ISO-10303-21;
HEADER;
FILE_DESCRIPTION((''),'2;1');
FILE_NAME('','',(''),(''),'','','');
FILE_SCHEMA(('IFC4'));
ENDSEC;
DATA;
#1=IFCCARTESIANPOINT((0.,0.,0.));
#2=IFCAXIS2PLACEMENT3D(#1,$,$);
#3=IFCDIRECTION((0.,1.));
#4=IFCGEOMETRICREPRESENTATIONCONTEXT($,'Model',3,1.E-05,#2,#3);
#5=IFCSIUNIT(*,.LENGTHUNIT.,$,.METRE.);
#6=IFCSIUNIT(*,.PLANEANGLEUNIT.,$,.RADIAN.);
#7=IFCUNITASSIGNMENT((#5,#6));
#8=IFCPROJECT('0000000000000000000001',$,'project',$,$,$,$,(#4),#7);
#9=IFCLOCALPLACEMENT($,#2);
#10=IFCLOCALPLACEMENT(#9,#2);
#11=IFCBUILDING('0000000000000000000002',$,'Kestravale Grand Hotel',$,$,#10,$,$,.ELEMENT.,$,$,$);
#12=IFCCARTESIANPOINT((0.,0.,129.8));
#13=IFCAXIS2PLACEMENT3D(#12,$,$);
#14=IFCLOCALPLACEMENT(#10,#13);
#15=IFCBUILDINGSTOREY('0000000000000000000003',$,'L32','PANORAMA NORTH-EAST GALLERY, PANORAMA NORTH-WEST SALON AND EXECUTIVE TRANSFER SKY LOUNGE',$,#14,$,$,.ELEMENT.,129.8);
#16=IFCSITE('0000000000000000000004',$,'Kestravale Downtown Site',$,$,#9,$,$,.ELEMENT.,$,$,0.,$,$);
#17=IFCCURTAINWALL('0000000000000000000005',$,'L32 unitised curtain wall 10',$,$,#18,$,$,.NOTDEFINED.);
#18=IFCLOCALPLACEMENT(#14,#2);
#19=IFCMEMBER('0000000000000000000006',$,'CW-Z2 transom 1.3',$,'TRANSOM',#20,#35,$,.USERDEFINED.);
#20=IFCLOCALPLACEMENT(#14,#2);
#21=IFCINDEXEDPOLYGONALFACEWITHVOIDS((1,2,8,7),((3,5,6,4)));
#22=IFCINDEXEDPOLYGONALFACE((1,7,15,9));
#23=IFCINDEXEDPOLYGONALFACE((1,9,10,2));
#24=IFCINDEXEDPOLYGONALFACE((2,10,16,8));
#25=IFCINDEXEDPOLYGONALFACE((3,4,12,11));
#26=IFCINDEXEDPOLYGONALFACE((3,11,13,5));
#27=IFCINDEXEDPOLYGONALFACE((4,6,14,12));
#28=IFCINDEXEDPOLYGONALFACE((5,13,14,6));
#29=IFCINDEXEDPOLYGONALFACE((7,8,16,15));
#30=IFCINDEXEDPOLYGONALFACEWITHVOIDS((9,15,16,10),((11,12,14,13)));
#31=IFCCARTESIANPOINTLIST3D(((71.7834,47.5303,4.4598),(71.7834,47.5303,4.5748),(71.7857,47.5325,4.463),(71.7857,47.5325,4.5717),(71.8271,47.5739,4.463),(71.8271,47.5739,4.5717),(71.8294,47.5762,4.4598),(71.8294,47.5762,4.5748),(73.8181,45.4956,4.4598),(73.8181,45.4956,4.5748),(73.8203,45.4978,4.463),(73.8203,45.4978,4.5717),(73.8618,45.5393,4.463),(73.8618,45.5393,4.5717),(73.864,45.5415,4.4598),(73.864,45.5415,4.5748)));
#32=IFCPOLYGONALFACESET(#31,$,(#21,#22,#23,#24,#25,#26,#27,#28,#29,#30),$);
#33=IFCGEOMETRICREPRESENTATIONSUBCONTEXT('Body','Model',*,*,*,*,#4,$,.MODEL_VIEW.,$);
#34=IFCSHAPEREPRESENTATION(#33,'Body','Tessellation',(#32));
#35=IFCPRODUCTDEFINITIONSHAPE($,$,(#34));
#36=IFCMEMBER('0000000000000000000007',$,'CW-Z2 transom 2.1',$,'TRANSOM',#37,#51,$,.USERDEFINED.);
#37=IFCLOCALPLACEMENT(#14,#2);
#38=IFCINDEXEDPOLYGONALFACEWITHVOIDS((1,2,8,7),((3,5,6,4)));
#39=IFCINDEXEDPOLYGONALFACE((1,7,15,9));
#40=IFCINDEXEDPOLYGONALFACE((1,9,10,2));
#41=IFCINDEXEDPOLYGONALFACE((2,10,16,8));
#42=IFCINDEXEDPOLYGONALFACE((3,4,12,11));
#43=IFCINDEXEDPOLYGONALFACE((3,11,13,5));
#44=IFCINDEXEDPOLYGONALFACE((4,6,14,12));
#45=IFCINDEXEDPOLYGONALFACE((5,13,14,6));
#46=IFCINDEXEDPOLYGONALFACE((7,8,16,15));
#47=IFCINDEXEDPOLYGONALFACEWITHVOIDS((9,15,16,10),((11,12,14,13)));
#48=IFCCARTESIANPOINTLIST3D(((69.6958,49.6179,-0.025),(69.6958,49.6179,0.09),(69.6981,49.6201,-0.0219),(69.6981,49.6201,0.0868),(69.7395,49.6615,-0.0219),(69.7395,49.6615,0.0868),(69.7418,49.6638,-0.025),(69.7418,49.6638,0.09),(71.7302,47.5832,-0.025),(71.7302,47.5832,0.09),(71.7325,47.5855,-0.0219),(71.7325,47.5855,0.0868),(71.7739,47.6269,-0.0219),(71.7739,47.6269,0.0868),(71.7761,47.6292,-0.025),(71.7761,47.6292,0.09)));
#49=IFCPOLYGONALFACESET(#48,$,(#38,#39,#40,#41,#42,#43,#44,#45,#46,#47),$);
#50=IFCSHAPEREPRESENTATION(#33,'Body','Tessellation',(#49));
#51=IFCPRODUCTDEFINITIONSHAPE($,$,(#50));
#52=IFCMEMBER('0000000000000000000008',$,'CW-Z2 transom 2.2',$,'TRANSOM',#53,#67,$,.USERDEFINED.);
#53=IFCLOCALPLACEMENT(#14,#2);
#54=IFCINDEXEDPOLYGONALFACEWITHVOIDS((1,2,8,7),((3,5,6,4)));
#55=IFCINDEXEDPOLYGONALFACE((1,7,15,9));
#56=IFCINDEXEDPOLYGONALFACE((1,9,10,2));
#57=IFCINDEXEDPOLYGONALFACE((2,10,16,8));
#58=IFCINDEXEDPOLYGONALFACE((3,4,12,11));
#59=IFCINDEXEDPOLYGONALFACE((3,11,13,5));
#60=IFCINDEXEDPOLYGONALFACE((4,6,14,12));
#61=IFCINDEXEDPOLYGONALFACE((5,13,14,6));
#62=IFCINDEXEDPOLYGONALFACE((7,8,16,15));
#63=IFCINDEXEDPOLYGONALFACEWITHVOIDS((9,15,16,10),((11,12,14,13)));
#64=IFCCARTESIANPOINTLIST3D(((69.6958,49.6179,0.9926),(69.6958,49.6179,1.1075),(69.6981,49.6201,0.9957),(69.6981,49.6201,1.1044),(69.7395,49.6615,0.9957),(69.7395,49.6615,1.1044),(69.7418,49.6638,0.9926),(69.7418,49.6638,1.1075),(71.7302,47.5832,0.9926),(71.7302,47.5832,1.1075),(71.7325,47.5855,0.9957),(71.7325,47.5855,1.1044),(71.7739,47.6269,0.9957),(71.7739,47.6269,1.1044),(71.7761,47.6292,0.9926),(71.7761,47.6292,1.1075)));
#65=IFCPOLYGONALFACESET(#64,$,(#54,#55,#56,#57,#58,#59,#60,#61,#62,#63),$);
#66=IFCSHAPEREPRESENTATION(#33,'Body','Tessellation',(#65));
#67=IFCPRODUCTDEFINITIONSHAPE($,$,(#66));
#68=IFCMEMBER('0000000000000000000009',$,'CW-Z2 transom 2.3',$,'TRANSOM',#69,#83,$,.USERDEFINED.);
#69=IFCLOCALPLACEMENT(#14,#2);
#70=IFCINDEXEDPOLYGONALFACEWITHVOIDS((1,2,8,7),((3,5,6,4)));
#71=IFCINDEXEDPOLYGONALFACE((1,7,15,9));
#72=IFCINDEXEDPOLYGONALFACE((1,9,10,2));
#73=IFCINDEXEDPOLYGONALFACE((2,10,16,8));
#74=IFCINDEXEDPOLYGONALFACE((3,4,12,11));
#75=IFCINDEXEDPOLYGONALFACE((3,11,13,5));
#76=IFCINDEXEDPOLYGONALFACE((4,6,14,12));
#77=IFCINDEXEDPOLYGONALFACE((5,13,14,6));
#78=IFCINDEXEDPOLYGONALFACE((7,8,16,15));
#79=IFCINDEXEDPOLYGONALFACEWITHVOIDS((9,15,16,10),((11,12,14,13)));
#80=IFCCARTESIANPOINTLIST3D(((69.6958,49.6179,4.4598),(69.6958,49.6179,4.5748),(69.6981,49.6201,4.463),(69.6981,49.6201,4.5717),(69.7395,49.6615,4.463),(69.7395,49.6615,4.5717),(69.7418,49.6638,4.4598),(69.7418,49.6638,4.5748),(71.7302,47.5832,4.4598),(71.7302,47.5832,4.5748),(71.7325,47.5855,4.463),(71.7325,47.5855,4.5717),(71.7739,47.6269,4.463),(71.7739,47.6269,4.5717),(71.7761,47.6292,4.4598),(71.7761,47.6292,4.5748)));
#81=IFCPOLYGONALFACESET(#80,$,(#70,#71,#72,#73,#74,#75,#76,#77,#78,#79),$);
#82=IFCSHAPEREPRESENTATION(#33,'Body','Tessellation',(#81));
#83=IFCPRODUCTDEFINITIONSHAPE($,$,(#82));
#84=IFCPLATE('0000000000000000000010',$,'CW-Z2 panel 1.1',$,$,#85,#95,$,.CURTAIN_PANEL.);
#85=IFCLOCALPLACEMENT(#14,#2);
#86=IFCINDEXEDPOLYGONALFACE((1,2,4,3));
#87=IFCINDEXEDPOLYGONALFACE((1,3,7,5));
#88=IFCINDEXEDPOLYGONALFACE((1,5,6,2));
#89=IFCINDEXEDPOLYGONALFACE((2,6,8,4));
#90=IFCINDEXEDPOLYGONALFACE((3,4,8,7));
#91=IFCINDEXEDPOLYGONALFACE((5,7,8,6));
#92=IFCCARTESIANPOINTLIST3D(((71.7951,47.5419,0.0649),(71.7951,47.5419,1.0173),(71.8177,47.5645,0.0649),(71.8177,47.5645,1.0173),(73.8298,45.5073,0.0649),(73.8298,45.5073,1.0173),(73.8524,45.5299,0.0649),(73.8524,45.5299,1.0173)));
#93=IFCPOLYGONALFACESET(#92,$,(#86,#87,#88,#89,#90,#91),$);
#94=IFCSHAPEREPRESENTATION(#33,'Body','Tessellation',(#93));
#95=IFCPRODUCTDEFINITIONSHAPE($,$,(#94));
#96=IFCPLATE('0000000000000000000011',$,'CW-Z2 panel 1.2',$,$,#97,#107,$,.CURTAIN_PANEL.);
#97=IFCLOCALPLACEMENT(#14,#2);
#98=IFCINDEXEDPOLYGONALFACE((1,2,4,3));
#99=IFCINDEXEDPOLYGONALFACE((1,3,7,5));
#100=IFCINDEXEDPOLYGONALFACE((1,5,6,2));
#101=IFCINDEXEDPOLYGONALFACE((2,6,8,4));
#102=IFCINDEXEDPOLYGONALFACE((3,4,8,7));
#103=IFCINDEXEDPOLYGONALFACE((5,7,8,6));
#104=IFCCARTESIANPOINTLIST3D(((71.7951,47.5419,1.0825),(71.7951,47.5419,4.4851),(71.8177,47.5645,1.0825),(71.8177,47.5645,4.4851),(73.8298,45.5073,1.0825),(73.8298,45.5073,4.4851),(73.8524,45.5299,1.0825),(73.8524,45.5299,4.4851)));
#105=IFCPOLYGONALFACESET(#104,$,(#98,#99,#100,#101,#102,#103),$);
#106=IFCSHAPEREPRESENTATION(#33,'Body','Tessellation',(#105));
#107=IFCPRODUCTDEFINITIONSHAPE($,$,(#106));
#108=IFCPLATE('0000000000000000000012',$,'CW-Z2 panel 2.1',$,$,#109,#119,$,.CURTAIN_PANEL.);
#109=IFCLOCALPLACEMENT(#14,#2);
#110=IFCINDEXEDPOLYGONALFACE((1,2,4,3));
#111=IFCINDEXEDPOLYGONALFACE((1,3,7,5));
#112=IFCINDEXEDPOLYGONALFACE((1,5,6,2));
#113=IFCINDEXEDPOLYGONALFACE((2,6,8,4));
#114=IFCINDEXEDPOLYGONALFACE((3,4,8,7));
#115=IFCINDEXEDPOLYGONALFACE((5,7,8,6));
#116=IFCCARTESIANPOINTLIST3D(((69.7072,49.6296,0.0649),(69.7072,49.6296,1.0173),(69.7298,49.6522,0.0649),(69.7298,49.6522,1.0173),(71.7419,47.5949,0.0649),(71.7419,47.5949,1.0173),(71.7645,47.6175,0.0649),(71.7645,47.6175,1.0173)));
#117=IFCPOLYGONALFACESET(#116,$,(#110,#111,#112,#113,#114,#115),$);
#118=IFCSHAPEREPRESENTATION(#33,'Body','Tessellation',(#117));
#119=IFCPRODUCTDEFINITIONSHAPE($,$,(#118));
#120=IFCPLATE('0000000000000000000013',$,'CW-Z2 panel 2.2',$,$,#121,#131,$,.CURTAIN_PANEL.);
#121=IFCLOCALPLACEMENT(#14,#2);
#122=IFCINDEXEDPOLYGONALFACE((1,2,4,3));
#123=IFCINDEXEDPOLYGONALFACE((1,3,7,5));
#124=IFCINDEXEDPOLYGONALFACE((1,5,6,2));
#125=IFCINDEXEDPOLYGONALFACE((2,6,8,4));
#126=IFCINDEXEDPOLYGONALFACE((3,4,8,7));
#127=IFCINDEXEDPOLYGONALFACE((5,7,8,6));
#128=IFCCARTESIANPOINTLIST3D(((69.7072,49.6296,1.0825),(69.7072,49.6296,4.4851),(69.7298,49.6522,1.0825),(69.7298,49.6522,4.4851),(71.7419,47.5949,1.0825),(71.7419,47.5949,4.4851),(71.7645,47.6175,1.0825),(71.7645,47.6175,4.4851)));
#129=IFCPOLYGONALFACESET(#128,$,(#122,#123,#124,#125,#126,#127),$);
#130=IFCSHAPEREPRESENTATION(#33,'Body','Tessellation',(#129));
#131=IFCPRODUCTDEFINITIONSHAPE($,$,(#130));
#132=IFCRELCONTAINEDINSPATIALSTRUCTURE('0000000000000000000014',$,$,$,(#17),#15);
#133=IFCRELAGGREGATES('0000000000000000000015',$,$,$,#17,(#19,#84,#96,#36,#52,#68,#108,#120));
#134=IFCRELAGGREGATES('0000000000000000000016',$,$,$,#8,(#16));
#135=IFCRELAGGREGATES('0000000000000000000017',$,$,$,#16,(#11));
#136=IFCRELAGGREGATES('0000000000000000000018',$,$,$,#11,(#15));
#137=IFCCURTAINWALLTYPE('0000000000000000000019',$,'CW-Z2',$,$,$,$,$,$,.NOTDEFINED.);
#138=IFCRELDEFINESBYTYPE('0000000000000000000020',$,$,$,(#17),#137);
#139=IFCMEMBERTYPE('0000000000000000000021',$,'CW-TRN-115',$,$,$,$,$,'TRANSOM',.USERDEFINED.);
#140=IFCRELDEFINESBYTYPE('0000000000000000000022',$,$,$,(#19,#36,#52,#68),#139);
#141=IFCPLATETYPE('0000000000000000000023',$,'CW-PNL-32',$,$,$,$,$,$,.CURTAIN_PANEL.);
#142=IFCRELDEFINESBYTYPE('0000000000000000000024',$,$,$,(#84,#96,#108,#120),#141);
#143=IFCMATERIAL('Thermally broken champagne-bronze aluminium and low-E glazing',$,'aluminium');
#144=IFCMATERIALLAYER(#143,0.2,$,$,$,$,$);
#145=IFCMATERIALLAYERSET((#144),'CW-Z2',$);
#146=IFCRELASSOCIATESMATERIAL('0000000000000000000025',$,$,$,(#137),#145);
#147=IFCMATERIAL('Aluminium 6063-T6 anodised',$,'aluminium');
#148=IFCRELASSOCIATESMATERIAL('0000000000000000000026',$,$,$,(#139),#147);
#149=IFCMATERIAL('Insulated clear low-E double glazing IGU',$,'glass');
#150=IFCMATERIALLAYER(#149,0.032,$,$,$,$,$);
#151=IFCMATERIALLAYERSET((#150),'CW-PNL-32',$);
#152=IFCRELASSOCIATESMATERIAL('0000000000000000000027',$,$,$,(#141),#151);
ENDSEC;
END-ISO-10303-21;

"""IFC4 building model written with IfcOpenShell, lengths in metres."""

from ifc_helpers import new_model, si_unit, direction, frame, origin, origin_2d, place, context, subcontext, project, spatial, rectangle, hollow_rectangle, extrude, material, layer, layer_set, material_profile, profile_set, type_object, element, aggregate, save


model = new_model("IFC4")

# Units and contexts
model_context = context("Model", 3, precision=1e-05, world=origin(), true_north=direction((0.0, 1.0)))
body_context = subcontext(model_context, "Body", "Model", "MODEL_VIEW")
ifc_project = project(units=[si_unit("LENGTHUNIT", "METRE"), si_unit("PLANEANGLEUNIT", "RADIAN")], contexts=[model_context])

# Site, building, storey
site_placement = place(None, origin())
site = spatial("IfcSite", under=ifc_project, at=site_placement, Name="Kestravale Downtown Site", CompositionType="ELEMENT", RefElevation=0.0)
building_placement = place(site_placement, origin())
building = spatial("IfcBuilding", under=site, at=building_placement, Name="Kestravale Grand Hotel", CompositionType="ELEMENT")
storey_placement = place(building_placement, frame((0.0, 0.0, 129.8)))
storey = spatial("IfcBuildingStorey", under=building, at=storey_placement, Name="L32", Description="PANORAMA NORTH-EAST GALLERY, PANORAMA NORTH-WEST SALON AND EXECUTIVE TRANSFER SKY LOUNGE", CompositionType="ELEMENT", Elevation=129.8)

# Curtain wall, members, plates
ifc_material_1 = material(Name="Thermally broken champagne-bronze aluminium and low-E glazing", Category="aluminium")
ifc_layer_1 = layer(ifc_material_1, 0.2)
ifc_layer_set_1 = layer_set([ifc_layer_1], Name="CW-Z2")
curtain_wall_type = type_object("IfcCurtainWallType", Name="CW-Z2", PredefinedType="NOTDEFINED", material=ifc_layer_set_1)
curtain_wall_placement = place(storey_placement, origin())
curtain_wall = element("IfcCurtainWall", 1, at=curtain_wall_placement, inside=storey, type_object=curtain_wall_type, Name="L32 unitised curtain wall 10", PredefinedType="NOTDEFINED")
ifc_material_2 = material(Name="Aluminium 6063-T6 anodised", Category="aluminium")
ifc_material_profile_1 = material_profile(ifc_material_2, hollow_rectangle(XDim=0.0649, YDim=0.115, WallThickness=0.0032, at=origin_2d()))
ifc_profile_set_1 = profile_set([ifc_material_profile_1], Name="Aluminium 6063-T6 anodised")
member_type_1 = type_object("IfcMemberType", Name="CW-TRN-115", ElementType="TRANSOM", PredefinedType="USERDEFINED", material=ifc_profile_set_1)
member_1_placement = place(storey_placement, frame((73.8411, 45.5186, 4.5173), z_axis=(-0.707107, 0.707107, 0.0), x_axis=(-0.707107, -0.707107, 0.0)))
member_1 = element("IfcMember", 2, at=member_1_placement, type_object=member_type_1, Name="CW-Z2 transom 1.3", ObjectType="TRANSOM", PredefinedType="USERDEFINED", context=body_context, shape_type="SweptSolid", body=[
    extrude(hollow_rectangle(XDim=0.0649, YDim=0.115, WallThickness=0.0032, at=origin_2d()), origin(), (0.0, 0.0, 1.0), 2.8774),
])
member_2_placement = place(storey_placement, frame((71.7532, 47.6062, 0.0325), z_axis=(-0.707064, 0.707149, 0.0), x_axis=(-0.707149, -0.707064, 0.0)))
member_2 = element("IfcMember", 3, at=member_2_placement, type_object=member_type_1, Name="CW-Z2 transom 2.1", ObjectType="TRANSOM", PredefinedType="USERDEFINED", context=body_context, shape_type="SweptSolid", body=[
    extrude(hollow_rectangle(XDim=0.0649, YDim=0.115, WallThickness=0.0032, at=origin_2d()), origin(), (0.0, 0.0, 1.0), 2.8772),
])
member_3_placement = place(storey_placement, frame((71.7532, 47.6062, 1.05), z_axis=(-0.707064, 0.707149, 0.0), x_axis=(-0.707149, -0.707064, 0.0)))
member_3 = element("IfcMember", 4, at=member_3_placement, type_object=member_type_1, Name="CW-Z2 transom 2.2", ObjectType="TRANSOM", PredefinedType="USERDEFINED", context=body_context, shape_type="SweptSolid", body=[
    extrude(hollow_rectangle(XDim=0.0649, YDim=0.115, WallThickness=0.0032, at=origin_2d()), origin(), (0.0, 0.0, 1.0), 2.8772),
])
member_4_placement = place(storey_placement, frame((71.7532, 47.6062, 4.5173), z_axis=(-0.707064, 0.707149, 0.0), x_axis=(-0.707149, -0.707064, 0.0)))
member_4 = element("IfcMember", 5, at=member_4_placement, type_object=member_type_1, Name="CW-Z2 transom 2.3", ObjectType="TRANSOM", PredefinedType="USERDEFINED", context=body_context, shape_type="SweptSolid", body=[
    extrude(hollow_rectangle(XDim=0.0649, YDim=0.115, WallThickness=0.0032, at=origin_2d()), origin(), (0.0, 0.0, 1.0), 2.8772),
])
ifc_material_3 = material(Name="Insulated clear low-E double glazing IGU", Category="glass")
ifc_layer_2 = layer(ifc_material_3, 0.032)
ifc_layer_set_2 = layer_set([ifc_layer_2], Name="CW-PNL-32")
plate_type = type_object("IfcPlateType", Name="CW-PNL-32", PredefinedType="CURTAIN_PANEL", material=ifc_layer_set_2)
plate_1_placement = place(storey_placement, frame((72.8237, 46.5359, 0.0649), z_axis=(0.0, 0.0, 1.0), x_axis=(-0.707107, 0.707107, 0.0)))
plate_1 = element("IfcPlate", 6, at=plate_1_placement, type_object=plate_type, Name="CW-Z2 panel 1.1", PredefinedType="CURTAIN_PANEL", context=body_context, shape_type="SweptSolid", body=[
    extrude(rectangle(XDim=2.8774, YDim=0.032, at=origin_2d()), origin(), (0.0, 0.0, 1.0), 0.9524),
])
plate_2_placement = place(storey_placement, frame((72.8237, 46.5359, 1.0825), z_axis=(0.0, 0.0, 1.0), x_axis=(-0.707107, 0.707107, 0.0)))
plate_2 = element("IfcPlate", 7, at=plate_2_placement, type_object=plate_type, Name="CW-Z2 panel 1.2", PredefinedType="CURTAIN_PANEL", context=body_context, shape_type="SweptSolid", body=[
    extrude(rectangle(XDim=2.8774, YDim=0.032, at=origin_2d()), origin(), (0.0, 0.0, 1.0), 3.4026),
])
plate_3_placement = place(storey_placement, frame((70.7358, 48.6235, 0.0649), z_axis=(0.0, 0.0, 1.0), x_axis=(-0.707107, 0.707107, 0.0)))
plate_3 = element("IfcPlate", 8, at=plate_3_placement, type_object=plate_type, Name="CW-Z2 panel 2.1", PredefinedType="CURTAIN_PANEL", context=body_context, shape_type="SweptSolid", body=[
    extrude(rectangle(XDim=2.8774, YDim=0.032, at=origin_2d()), origin(), (0.0, 0.0, 1.0), 0.9524),
])
plate_4_placement = place(storey_placement, frame((70.7358, 48.6235, 1.0825), z_axis=(0.0, 0.0, 1.0), x_axis=(-0.707107, 0.707107, 0.0)))
plate_4 = element("IfcPlate", 9, at=plate_4_placement, type_object=plate_type, Name="CW-Z2 panel 2.2", PredefinedType="CURTAIN_PANEL", context=body_context, shape_type="SweptSolid", body=[
    extrude(rectangle(XDim=2.8774, YDim=0.032, at=origin_2d()), origin(), (0.0, 0.0, 1.0), 3.4026),
])
aggregate(curtain_wall, [member_1, plate_1, plate_2, member_2, member_3, member_4, plate_3, plate_4])

save(model, "model.ifc")
